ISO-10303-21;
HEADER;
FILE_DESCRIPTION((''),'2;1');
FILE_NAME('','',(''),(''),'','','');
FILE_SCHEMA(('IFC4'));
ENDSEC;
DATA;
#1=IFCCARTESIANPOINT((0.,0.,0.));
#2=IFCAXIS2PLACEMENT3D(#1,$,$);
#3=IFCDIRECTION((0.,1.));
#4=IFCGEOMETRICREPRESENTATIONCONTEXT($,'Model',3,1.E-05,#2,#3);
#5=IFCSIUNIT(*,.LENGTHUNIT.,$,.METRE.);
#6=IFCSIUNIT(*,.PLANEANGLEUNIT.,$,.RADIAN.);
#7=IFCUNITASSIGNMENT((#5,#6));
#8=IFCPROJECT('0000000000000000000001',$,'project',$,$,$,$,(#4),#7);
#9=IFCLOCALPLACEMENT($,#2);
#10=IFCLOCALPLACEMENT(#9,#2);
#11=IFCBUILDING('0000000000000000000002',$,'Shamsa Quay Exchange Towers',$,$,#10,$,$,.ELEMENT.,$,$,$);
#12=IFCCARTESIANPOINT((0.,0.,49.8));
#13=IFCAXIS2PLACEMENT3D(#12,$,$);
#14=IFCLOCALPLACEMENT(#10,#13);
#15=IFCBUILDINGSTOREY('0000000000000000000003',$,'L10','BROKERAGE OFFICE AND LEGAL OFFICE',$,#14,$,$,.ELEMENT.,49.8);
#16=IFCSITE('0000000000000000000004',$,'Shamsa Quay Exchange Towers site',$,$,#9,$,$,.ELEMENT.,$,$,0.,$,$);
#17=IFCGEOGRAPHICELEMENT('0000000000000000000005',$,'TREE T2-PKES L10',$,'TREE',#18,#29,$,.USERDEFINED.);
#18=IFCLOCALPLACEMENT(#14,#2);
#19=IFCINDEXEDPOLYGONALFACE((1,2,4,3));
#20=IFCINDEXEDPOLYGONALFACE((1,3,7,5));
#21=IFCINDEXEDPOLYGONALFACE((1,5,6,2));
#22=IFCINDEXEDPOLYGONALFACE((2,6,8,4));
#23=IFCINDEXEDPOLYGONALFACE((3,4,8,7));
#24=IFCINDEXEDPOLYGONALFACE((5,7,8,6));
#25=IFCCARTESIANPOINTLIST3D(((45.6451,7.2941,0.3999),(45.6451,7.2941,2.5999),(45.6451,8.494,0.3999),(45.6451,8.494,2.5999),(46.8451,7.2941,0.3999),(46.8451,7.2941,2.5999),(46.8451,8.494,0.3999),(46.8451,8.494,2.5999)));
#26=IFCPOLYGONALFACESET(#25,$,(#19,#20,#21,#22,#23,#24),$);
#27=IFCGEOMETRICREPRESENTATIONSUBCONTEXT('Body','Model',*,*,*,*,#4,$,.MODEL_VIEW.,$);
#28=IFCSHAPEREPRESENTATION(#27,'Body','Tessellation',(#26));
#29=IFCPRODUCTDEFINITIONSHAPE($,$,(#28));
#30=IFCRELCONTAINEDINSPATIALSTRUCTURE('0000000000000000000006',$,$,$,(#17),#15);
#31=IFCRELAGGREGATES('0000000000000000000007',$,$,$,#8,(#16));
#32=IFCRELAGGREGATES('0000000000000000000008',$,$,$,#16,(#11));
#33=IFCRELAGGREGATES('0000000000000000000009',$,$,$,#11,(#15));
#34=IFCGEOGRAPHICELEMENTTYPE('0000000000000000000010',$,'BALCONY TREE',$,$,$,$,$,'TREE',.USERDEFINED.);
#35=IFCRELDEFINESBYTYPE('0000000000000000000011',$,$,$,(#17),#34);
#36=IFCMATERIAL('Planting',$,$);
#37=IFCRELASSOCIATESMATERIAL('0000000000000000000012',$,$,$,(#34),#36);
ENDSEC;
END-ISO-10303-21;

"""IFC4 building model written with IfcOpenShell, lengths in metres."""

from ifc_helpers import new_model, si_unit, direction, frame, origin, origin_2d, place, context, subcontext, project, spatial, rectangle, extrude, material, type_object, element, save


model = new_model("IFC4")

# Units and contexts
model_context = context("Model", 3, precision=1e-05, world=origin(), true_north=direction((0.0, 1.0)))
body_context = subcontext(model_context, "Body", "Model", "MODEL_VIEW")
ifc_project = project(units=[si_unit("LENGTHUNIT", "METRE"), si_unit("PLANEANGLEUNIT", "RADIAN")], contexts=[model_context])

# Site, building, storey
site_placement = place(None, origin())
site = spatial("IfcSite", under=ifc_project, at=site_placement, Name="Shamsa Quay Exchange Towers site", CompositionType="ELEMENT", RefElevation=0.0)
building_placement = place(site_placement, origin())
building = spatial("IfcBuilding", under=site, at=building_placement, Name="Shamsa Quay Exchange Towers", CompositionType="ELEMENT")
storey_placement = place(building_placement, frame((0.0, 0.0, 49.8)))
storey = spatial("IfcBuildingStorey", under=building, at=storey_placement, Name="L10", Description="BROKERAGE OFFICE AND LEGAL OFFICE", CompositionType="ELEMENT", Elevation=49.8)

# Geographic element
ifc_material_1 = material(Name="Planting")
geographic_element_type = type_object("IfcGeographicElementType", Name="BALCONY TREE", ElementType="TREE", PredefinedType="USERDEFINED", material=ifc_material_1)
geographic_element_placement = place(storey_placement, frame((46.2451, 7.894, 0.3999), z_axis=(0.0, 0.0, 1.0), x_axis=(0.0, 1.0, 0.0)))
element("IfcGeographicElement", 1, at=geographic_element_placement, inside=storey, type_object=geographic_element_type, Name="TREE T2-PKES L10", ObjectType="TREE", PredefinedType="USERDEFINED", context=body_context, shape_type="SweptSolid", body=[
    extrude(rectangle(XDim=1.2, YDim=1.2, at=origin_2d()), origin(), (0.0, 0.0, 1.0), 2.2),
])

save(model, "model.ifc")
